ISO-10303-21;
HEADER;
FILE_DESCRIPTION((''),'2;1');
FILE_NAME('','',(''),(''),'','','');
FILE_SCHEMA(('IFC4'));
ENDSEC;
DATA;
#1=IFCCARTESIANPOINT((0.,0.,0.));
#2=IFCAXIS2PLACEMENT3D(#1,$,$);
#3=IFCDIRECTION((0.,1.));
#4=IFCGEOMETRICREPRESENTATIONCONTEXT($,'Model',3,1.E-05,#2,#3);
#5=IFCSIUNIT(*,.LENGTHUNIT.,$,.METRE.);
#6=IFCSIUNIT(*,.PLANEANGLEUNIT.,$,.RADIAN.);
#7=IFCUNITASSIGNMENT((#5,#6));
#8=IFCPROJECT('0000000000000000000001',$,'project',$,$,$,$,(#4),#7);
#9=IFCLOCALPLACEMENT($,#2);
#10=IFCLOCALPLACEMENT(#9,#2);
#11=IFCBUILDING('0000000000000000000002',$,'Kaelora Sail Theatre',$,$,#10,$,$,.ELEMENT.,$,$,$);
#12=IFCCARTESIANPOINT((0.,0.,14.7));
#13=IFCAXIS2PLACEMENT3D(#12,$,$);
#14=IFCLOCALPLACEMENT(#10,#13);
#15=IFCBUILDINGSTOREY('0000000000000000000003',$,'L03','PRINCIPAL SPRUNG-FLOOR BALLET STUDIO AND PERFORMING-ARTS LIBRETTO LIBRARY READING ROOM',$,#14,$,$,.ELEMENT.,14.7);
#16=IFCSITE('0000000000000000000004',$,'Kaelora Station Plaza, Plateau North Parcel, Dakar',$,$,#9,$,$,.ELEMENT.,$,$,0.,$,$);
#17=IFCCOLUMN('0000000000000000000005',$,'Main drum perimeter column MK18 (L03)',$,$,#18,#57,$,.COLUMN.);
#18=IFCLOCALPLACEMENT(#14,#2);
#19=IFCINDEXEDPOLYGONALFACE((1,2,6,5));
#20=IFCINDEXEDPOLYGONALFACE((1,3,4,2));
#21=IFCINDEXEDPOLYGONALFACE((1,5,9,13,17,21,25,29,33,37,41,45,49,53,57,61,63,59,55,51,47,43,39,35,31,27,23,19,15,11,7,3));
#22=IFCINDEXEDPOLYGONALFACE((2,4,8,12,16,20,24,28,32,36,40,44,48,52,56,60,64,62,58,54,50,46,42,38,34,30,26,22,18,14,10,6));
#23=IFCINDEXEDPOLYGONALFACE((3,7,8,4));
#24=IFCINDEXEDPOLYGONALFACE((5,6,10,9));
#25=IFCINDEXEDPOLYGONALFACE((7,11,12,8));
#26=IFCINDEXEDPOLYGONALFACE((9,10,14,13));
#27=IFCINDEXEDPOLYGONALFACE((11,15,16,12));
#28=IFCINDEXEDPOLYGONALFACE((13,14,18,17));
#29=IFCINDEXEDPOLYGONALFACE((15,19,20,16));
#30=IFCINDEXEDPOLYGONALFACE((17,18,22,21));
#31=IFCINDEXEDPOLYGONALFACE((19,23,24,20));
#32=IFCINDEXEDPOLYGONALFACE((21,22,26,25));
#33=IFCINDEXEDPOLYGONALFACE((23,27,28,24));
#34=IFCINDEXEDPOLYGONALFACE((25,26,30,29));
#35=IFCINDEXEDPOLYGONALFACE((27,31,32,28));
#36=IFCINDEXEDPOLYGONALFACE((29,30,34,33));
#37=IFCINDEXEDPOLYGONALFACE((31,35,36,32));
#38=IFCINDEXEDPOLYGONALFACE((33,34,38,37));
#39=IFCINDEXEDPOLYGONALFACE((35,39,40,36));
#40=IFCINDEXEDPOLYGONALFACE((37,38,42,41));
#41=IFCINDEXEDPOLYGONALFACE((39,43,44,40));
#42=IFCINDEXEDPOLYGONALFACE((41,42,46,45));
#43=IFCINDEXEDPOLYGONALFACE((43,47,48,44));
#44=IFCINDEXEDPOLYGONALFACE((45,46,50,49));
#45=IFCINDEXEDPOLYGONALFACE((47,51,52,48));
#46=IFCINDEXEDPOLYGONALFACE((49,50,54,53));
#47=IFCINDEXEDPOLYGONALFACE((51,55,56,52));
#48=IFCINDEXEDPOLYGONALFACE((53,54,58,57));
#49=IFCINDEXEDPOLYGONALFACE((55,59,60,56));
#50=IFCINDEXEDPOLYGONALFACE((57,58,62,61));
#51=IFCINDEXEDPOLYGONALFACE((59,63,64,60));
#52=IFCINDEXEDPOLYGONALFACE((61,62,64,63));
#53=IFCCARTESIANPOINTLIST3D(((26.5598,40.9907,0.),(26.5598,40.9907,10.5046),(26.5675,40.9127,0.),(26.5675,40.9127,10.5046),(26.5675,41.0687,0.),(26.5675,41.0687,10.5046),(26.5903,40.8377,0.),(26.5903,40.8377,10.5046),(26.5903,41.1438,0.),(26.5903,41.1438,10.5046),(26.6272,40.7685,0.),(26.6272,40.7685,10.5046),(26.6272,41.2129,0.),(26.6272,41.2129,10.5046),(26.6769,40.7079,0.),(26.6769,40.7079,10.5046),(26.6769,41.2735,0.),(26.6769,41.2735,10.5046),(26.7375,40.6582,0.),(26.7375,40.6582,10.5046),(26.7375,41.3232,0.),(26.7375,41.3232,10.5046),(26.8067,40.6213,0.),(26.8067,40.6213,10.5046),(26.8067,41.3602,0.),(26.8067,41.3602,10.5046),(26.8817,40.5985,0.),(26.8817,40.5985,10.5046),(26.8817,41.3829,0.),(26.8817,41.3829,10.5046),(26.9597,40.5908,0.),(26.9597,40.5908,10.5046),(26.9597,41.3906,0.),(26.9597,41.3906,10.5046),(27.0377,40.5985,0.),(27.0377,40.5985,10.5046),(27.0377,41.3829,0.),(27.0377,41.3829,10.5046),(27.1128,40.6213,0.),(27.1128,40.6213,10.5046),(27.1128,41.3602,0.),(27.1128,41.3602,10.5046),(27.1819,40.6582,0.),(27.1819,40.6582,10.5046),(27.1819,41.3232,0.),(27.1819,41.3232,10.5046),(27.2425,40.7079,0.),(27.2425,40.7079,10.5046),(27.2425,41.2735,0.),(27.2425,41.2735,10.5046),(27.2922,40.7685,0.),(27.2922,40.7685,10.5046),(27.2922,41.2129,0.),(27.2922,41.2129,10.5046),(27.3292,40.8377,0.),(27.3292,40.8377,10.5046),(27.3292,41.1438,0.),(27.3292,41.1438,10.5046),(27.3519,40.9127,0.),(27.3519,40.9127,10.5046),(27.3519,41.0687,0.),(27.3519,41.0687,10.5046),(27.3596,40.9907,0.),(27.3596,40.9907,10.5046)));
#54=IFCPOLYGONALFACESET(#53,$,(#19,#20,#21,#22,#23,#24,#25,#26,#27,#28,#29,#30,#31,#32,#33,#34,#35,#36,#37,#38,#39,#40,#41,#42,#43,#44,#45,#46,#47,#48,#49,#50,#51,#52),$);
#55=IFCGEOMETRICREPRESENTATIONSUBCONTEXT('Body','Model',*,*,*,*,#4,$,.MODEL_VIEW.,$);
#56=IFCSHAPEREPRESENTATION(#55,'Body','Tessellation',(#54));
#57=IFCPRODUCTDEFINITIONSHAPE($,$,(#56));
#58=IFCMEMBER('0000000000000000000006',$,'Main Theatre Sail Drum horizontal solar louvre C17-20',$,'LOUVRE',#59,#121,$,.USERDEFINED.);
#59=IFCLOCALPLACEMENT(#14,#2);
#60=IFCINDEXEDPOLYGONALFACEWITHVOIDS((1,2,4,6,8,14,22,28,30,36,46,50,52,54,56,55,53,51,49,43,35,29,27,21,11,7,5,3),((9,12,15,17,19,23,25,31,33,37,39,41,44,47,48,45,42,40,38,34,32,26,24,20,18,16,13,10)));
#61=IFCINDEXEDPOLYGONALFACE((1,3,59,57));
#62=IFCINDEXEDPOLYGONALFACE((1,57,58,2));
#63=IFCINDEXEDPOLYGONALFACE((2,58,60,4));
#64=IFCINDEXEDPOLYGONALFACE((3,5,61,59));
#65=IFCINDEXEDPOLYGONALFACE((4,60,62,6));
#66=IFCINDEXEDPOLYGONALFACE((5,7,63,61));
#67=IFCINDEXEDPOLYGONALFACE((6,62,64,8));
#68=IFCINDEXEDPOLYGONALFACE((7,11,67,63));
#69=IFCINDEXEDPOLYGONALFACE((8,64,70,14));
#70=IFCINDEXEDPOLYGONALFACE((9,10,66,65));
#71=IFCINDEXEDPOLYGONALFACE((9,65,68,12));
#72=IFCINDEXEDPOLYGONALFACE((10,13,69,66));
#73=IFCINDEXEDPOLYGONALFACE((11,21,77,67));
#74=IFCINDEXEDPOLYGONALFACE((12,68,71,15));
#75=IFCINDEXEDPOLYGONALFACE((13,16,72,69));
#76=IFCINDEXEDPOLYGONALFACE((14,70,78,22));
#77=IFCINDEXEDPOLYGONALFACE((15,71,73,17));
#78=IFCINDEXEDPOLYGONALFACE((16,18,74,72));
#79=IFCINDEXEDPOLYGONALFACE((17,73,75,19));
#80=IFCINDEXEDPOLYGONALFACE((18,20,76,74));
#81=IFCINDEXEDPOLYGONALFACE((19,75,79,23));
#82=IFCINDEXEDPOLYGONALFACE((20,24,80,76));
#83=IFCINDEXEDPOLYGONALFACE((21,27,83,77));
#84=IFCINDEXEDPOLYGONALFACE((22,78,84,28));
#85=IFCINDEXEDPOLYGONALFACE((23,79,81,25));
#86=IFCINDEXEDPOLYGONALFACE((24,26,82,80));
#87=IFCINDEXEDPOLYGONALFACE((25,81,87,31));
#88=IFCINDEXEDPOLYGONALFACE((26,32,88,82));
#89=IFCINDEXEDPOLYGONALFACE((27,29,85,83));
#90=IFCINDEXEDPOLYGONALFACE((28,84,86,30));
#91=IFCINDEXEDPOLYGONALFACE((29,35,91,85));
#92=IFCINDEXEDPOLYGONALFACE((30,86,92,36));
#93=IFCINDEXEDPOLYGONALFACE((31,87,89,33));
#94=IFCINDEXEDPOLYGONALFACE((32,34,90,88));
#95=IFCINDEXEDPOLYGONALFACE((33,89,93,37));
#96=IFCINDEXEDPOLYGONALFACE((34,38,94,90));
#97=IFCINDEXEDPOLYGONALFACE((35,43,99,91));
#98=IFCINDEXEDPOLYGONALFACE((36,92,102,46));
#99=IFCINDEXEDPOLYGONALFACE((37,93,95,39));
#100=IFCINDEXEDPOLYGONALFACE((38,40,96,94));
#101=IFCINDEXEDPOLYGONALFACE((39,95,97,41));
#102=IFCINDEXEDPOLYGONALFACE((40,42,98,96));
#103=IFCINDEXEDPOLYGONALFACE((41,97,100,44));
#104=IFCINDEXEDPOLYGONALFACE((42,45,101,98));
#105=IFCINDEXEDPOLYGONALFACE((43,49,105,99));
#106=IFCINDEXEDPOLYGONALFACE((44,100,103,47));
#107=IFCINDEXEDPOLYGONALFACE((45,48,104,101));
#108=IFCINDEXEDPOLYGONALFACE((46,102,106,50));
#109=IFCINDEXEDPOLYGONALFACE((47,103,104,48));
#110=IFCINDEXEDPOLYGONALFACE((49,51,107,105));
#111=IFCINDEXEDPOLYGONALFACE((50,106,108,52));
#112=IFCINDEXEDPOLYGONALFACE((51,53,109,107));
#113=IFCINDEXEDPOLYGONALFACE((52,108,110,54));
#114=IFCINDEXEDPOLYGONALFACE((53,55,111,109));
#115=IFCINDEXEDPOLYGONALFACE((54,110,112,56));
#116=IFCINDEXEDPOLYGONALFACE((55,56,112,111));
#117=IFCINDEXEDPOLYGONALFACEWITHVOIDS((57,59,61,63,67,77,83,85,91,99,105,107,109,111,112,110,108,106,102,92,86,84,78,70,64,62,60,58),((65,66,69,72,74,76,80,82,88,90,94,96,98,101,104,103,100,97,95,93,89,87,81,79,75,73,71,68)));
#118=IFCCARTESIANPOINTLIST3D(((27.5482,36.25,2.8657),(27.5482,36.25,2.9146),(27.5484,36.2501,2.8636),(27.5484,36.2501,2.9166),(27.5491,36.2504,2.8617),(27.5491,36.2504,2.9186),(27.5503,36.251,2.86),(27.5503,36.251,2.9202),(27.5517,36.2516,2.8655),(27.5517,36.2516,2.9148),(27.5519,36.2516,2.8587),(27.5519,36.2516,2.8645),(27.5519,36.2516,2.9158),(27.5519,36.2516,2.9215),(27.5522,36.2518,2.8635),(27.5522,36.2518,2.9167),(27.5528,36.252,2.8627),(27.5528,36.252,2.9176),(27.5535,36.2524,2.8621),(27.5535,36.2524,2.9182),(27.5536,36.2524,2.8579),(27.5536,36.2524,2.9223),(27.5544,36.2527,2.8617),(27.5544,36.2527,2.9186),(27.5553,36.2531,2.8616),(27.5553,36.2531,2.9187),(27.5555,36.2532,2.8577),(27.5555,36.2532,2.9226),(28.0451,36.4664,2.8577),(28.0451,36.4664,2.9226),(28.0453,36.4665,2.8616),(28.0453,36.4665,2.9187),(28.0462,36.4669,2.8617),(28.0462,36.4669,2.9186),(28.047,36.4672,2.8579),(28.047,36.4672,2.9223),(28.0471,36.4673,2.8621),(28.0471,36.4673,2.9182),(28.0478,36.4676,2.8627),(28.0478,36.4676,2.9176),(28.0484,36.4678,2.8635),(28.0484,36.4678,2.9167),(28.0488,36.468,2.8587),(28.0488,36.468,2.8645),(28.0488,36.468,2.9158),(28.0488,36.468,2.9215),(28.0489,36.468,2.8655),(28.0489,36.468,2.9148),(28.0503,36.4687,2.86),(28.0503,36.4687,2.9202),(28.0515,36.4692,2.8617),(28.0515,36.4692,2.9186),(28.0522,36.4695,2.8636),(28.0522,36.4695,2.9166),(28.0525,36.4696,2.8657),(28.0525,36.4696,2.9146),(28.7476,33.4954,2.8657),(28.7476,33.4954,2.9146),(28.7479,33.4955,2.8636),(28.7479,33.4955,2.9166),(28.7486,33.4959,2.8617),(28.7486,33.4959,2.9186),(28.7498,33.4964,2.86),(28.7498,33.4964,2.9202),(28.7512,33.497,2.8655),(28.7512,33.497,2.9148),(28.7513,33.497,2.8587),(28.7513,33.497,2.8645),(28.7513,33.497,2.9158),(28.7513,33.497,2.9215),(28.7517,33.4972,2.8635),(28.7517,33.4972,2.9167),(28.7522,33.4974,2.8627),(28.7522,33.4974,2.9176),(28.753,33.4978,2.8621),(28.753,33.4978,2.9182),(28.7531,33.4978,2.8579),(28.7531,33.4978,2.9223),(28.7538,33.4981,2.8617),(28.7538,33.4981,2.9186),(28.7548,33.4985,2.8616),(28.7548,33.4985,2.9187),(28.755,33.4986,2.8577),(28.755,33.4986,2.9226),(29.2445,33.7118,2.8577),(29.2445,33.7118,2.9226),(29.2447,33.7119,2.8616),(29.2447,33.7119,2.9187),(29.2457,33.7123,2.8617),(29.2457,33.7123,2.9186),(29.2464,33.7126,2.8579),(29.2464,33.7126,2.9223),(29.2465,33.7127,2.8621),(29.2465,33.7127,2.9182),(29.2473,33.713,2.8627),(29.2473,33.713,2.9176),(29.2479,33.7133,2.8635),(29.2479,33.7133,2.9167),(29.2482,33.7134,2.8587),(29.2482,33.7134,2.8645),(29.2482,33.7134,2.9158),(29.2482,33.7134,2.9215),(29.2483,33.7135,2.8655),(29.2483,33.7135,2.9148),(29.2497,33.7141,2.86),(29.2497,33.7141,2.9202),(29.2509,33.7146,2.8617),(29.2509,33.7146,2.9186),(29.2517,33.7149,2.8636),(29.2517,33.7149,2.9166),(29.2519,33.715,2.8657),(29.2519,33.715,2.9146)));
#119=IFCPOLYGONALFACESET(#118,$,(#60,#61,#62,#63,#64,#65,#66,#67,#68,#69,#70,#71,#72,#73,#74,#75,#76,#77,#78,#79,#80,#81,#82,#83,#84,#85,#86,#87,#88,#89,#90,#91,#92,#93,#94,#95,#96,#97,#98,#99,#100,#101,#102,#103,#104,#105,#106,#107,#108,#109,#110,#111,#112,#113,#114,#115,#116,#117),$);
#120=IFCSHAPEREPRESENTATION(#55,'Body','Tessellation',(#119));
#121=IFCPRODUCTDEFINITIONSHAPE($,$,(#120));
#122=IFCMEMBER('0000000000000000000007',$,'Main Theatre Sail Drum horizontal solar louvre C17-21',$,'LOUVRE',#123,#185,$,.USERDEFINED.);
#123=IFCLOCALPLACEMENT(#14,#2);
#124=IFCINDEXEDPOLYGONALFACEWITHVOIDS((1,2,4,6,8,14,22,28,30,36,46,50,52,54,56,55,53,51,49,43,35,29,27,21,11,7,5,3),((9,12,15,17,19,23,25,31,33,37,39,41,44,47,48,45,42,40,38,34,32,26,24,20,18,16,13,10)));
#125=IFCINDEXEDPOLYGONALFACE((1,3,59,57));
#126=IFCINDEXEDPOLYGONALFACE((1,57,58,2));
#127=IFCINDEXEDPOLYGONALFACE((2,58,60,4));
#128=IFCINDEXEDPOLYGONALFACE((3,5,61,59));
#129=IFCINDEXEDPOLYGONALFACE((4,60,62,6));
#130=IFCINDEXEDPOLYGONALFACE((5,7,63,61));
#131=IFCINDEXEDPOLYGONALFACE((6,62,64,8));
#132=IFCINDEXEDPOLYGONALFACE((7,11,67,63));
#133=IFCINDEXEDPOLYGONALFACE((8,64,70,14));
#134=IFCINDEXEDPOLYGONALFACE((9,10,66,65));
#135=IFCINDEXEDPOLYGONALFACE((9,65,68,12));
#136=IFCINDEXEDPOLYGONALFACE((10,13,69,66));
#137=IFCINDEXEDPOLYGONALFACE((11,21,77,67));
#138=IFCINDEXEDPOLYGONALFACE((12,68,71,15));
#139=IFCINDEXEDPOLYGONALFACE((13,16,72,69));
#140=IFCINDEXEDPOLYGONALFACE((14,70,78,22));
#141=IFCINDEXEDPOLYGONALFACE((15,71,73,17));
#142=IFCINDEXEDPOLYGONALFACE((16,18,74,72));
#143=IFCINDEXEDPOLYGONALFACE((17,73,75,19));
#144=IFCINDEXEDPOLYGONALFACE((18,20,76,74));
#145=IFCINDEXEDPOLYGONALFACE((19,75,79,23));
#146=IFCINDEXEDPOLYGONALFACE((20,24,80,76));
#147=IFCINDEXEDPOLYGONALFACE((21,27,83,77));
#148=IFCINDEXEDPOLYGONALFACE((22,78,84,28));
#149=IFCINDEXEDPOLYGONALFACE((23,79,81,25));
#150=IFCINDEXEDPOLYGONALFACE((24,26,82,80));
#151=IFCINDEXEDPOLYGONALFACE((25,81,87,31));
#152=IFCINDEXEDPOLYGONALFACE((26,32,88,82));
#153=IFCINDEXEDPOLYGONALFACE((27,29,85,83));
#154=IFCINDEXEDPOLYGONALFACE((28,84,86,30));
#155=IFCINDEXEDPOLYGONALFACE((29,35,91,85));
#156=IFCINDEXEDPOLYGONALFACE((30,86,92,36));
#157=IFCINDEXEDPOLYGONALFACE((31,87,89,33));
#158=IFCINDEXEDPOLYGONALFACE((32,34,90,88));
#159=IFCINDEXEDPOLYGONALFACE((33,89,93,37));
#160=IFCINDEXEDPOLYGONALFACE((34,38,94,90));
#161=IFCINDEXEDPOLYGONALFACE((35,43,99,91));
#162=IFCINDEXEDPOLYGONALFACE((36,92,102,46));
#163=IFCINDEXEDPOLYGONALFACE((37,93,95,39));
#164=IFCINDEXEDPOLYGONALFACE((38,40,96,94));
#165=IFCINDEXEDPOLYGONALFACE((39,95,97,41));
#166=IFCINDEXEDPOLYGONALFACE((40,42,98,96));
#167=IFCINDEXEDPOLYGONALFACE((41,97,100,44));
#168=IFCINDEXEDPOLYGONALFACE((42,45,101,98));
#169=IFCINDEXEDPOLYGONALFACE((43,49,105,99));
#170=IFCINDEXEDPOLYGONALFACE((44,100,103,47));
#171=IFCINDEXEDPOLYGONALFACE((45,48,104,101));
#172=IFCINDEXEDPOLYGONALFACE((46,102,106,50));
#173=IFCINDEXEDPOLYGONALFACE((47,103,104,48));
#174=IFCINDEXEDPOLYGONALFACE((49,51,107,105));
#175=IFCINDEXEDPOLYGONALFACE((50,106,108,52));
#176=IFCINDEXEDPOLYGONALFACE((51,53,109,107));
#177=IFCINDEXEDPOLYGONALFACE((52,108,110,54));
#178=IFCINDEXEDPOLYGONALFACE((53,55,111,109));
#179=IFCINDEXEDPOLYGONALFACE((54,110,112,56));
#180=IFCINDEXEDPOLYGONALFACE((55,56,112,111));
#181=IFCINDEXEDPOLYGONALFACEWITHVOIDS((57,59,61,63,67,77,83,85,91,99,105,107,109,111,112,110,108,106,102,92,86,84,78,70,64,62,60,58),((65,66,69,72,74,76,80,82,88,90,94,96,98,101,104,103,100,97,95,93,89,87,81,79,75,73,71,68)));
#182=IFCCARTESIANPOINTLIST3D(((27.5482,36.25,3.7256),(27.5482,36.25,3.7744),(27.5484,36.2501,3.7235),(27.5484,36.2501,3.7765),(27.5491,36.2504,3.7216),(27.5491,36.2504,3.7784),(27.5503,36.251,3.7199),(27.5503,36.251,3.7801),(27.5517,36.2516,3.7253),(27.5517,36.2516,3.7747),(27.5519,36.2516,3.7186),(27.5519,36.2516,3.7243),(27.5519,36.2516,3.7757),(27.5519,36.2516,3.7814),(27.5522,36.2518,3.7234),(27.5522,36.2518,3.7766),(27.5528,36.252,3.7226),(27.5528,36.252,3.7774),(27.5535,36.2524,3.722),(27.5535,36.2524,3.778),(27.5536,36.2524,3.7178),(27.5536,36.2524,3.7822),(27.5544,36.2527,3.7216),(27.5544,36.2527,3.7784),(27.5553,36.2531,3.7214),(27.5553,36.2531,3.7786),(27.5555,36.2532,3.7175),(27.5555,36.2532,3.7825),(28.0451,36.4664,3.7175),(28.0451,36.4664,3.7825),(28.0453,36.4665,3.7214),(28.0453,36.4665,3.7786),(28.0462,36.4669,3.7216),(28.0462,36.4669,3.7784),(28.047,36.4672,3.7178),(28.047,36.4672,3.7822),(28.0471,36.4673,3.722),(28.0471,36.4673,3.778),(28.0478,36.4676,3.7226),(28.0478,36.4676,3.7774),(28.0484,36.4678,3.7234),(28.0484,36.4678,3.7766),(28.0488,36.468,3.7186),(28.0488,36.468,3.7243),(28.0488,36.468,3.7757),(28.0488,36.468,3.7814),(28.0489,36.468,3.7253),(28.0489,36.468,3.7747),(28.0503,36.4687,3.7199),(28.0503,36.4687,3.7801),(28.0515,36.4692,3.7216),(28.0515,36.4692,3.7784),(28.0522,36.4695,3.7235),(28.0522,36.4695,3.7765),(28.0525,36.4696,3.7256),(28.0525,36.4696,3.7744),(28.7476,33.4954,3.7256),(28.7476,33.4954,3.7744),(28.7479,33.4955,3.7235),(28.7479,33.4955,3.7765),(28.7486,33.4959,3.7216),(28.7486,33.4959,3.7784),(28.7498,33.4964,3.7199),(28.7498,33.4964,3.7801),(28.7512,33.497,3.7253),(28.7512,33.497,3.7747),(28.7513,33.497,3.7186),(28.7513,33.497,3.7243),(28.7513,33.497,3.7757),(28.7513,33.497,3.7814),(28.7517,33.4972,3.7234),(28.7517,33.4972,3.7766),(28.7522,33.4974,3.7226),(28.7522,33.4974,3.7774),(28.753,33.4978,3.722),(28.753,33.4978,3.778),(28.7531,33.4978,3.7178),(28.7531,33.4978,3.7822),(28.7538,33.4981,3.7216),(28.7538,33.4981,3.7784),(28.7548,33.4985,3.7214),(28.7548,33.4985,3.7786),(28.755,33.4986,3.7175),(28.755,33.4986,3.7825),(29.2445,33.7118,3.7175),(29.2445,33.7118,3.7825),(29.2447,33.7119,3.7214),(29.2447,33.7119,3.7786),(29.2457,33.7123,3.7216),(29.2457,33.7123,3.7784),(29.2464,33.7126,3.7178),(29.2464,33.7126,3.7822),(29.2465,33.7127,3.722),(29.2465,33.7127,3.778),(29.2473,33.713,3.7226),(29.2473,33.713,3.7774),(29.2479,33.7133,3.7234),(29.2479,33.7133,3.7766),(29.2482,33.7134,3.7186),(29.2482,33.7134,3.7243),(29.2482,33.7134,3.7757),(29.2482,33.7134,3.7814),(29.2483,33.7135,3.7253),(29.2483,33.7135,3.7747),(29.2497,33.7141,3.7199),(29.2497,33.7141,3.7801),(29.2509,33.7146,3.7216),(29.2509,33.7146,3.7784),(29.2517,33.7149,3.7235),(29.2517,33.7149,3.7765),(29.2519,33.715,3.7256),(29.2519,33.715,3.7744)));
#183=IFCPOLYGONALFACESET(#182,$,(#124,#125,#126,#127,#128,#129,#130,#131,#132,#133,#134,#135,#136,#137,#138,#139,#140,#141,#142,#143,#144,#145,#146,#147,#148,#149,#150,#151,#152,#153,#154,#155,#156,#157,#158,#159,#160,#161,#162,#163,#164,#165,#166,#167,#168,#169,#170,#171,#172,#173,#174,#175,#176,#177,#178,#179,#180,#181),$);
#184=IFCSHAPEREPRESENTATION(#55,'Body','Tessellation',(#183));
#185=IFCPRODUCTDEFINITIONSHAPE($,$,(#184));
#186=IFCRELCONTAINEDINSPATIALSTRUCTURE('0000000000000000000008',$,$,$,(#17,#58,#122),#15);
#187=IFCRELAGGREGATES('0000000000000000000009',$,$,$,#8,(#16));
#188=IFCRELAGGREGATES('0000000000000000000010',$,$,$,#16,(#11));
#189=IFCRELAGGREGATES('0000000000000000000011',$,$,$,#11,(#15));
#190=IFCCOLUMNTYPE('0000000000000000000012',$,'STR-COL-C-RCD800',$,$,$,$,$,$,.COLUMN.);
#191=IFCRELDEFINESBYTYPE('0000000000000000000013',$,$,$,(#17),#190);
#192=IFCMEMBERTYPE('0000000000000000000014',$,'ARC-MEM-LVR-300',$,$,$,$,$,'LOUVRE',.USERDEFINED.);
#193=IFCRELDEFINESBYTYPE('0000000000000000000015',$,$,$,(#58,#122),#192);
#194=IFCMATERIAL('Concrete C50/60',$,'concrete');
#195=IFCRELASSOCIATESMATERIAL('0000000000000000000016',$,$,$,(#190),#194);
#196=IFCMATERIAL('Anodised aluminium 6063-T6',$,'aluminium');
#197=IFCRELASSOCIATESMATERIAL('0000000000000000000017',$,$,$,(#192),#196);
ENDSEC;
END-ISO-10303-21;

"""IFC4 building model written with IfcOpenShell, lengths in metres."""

from ifc_helpers import new_model, si_unit, direction, frame, origin, origin_2d, place, context, subcontext, project, spatial, hollow_rectangle, circle, extrude, material, material_profile, profile_set, type_object, element, save


model = new_model("IFC4")

# Units and contexts
model_context = context("Model", 3, precision=1e-05, world=origin(), true_north=direction((0.0, 1.0)))
body_context = subcontext(model_context, "Body", "Model", "MODEL_VIEW")
ifc_project = project(units=[si_unit("LENGTHUNIT", "METRE"), si_unit("PLANEANGLEUNIT", "RADIAN")], contexts=[model_context])

# Site, building, storey
site_placement = place(None, origin())
site = spatial("IfcSite", under=ifc_project, at=site_placement, Name="Kaelora Station Plaza, Plateau North Parcel, Dakar", CompositionType="ELEMENT", RefElevation=0.0)
building_placement = place(site_placement, origin())
building = spatial("IfcBuilding", under=site, at=building_placement, Name="Kaelora Sail Theatre", CompositionType="ELEMENT")
storey_placement = place(building_placement, frame((0.0, 0.0, 14.7)))
storey = spatial("IfcBuildingStorey", under=building, at=storey_placement, Name="L03", Description="PRINCIPAL SPRUNG-FLOOR BALLET STUDIO AND PERFORMING-ARTS LIBRETTO LIBRARY READING ROOM", CompositionType="ELEMENT", Elevation=14.7)

# Column
ifc_material_1 = material(Name="Concrete C50/60", Category="concrete")
ifc_material_profile_1 = material_profile(ifc_material_1, circle(Radius=0.3999, at=origin_2d()), Name="RC-CCOL D800")
ifc_profile_set_1 = profile_set([ifc_material_profile_1], Name="Concrete C50/60")
column_type = type_object("IfcColumnType", Name="STR-COL-C-RCD800", PredefinedType="COLUMN", material=ifc_profile_set_1)
column_placement = place(storey_placement, frame((26.9597, 40.9907, 0.0), z_axis=(0.0, 0.0, 1.0), x_axis=(1.0, 0.0, 0.0)))
element("IfcColumn", 1, at=column_placement, inside=storey, type_object=column_type, Name="Main drum perimeter column MK18 (L03)", PredefinedType="COLUMN", context=body_context, shape_type="SweptSolid", body=[
    extrude(circle(Radius=0.3999, at=origin_2d()), origin(), (0.0, 0.0, 1.0), 10.5046),
])

# Members
ifc_material_2 = material(Name="Anodised aluminium 6063-T6", Category="aluminium")
ifc_material_profile_2 = material_profile(ifc_material_2, hollow_rectangle(XDim=0.55, YDim=0.0649, WallThickness=0.0039, InnerFilletRadius=0.0039, OuterFilletRadius=0.0081, at=origin_2d()), Name="LOUVRE 550x65x4")
ifc_profile_set_2 = profile_set([ifc_material_profile_2], Name="Anodised aluminium 6063-T6")
member_type = type_object("IfcMemberType", Name="ARC-MEM-LVR-300", ElementType="LOUVRE", PredefinedType="USERDEFINED", material=ifc_profile_set_2)
for number, where, z_axis, x_axis, name in (
    (2, (28.9998, 33.6052, 2.8901), (-0.399228, 0.916852, 0.0), (-0.916852, -0.399228, 0.0), "Main Theatre Sail Drum horizontal solar louvre C17-20"),
    (3, (28.9998, 33.6052, 3.75), (-0.399228, 0.916852, 0.0), (-0.916852, -0.399228, 0.0), "Main Theatre Sail Drum horizontal solar louvre C17-21"),
):
    element("IfcMember", number, at=place(storey_placement, frame(where, z_axis=z_axis, x_axis=x_axis)), inside=storey, type_object=member_type, Name=name, ObjectType="LOUVRE", PredefinedType="USERDEFINED", context=body_context, shape_type="SweptSolid", body=[
        extrude(hollow_rectangle(XDim=0.55, YDim=0.0649, WallThickness=0.0039, InnerFilletRadius=0.0039, OuterFilletRadius=0.0081, at=origin_2d()), origin(), (0.0, 0.0, 1.0), 3.0044),
    ])

save(model, "model.ifc")
